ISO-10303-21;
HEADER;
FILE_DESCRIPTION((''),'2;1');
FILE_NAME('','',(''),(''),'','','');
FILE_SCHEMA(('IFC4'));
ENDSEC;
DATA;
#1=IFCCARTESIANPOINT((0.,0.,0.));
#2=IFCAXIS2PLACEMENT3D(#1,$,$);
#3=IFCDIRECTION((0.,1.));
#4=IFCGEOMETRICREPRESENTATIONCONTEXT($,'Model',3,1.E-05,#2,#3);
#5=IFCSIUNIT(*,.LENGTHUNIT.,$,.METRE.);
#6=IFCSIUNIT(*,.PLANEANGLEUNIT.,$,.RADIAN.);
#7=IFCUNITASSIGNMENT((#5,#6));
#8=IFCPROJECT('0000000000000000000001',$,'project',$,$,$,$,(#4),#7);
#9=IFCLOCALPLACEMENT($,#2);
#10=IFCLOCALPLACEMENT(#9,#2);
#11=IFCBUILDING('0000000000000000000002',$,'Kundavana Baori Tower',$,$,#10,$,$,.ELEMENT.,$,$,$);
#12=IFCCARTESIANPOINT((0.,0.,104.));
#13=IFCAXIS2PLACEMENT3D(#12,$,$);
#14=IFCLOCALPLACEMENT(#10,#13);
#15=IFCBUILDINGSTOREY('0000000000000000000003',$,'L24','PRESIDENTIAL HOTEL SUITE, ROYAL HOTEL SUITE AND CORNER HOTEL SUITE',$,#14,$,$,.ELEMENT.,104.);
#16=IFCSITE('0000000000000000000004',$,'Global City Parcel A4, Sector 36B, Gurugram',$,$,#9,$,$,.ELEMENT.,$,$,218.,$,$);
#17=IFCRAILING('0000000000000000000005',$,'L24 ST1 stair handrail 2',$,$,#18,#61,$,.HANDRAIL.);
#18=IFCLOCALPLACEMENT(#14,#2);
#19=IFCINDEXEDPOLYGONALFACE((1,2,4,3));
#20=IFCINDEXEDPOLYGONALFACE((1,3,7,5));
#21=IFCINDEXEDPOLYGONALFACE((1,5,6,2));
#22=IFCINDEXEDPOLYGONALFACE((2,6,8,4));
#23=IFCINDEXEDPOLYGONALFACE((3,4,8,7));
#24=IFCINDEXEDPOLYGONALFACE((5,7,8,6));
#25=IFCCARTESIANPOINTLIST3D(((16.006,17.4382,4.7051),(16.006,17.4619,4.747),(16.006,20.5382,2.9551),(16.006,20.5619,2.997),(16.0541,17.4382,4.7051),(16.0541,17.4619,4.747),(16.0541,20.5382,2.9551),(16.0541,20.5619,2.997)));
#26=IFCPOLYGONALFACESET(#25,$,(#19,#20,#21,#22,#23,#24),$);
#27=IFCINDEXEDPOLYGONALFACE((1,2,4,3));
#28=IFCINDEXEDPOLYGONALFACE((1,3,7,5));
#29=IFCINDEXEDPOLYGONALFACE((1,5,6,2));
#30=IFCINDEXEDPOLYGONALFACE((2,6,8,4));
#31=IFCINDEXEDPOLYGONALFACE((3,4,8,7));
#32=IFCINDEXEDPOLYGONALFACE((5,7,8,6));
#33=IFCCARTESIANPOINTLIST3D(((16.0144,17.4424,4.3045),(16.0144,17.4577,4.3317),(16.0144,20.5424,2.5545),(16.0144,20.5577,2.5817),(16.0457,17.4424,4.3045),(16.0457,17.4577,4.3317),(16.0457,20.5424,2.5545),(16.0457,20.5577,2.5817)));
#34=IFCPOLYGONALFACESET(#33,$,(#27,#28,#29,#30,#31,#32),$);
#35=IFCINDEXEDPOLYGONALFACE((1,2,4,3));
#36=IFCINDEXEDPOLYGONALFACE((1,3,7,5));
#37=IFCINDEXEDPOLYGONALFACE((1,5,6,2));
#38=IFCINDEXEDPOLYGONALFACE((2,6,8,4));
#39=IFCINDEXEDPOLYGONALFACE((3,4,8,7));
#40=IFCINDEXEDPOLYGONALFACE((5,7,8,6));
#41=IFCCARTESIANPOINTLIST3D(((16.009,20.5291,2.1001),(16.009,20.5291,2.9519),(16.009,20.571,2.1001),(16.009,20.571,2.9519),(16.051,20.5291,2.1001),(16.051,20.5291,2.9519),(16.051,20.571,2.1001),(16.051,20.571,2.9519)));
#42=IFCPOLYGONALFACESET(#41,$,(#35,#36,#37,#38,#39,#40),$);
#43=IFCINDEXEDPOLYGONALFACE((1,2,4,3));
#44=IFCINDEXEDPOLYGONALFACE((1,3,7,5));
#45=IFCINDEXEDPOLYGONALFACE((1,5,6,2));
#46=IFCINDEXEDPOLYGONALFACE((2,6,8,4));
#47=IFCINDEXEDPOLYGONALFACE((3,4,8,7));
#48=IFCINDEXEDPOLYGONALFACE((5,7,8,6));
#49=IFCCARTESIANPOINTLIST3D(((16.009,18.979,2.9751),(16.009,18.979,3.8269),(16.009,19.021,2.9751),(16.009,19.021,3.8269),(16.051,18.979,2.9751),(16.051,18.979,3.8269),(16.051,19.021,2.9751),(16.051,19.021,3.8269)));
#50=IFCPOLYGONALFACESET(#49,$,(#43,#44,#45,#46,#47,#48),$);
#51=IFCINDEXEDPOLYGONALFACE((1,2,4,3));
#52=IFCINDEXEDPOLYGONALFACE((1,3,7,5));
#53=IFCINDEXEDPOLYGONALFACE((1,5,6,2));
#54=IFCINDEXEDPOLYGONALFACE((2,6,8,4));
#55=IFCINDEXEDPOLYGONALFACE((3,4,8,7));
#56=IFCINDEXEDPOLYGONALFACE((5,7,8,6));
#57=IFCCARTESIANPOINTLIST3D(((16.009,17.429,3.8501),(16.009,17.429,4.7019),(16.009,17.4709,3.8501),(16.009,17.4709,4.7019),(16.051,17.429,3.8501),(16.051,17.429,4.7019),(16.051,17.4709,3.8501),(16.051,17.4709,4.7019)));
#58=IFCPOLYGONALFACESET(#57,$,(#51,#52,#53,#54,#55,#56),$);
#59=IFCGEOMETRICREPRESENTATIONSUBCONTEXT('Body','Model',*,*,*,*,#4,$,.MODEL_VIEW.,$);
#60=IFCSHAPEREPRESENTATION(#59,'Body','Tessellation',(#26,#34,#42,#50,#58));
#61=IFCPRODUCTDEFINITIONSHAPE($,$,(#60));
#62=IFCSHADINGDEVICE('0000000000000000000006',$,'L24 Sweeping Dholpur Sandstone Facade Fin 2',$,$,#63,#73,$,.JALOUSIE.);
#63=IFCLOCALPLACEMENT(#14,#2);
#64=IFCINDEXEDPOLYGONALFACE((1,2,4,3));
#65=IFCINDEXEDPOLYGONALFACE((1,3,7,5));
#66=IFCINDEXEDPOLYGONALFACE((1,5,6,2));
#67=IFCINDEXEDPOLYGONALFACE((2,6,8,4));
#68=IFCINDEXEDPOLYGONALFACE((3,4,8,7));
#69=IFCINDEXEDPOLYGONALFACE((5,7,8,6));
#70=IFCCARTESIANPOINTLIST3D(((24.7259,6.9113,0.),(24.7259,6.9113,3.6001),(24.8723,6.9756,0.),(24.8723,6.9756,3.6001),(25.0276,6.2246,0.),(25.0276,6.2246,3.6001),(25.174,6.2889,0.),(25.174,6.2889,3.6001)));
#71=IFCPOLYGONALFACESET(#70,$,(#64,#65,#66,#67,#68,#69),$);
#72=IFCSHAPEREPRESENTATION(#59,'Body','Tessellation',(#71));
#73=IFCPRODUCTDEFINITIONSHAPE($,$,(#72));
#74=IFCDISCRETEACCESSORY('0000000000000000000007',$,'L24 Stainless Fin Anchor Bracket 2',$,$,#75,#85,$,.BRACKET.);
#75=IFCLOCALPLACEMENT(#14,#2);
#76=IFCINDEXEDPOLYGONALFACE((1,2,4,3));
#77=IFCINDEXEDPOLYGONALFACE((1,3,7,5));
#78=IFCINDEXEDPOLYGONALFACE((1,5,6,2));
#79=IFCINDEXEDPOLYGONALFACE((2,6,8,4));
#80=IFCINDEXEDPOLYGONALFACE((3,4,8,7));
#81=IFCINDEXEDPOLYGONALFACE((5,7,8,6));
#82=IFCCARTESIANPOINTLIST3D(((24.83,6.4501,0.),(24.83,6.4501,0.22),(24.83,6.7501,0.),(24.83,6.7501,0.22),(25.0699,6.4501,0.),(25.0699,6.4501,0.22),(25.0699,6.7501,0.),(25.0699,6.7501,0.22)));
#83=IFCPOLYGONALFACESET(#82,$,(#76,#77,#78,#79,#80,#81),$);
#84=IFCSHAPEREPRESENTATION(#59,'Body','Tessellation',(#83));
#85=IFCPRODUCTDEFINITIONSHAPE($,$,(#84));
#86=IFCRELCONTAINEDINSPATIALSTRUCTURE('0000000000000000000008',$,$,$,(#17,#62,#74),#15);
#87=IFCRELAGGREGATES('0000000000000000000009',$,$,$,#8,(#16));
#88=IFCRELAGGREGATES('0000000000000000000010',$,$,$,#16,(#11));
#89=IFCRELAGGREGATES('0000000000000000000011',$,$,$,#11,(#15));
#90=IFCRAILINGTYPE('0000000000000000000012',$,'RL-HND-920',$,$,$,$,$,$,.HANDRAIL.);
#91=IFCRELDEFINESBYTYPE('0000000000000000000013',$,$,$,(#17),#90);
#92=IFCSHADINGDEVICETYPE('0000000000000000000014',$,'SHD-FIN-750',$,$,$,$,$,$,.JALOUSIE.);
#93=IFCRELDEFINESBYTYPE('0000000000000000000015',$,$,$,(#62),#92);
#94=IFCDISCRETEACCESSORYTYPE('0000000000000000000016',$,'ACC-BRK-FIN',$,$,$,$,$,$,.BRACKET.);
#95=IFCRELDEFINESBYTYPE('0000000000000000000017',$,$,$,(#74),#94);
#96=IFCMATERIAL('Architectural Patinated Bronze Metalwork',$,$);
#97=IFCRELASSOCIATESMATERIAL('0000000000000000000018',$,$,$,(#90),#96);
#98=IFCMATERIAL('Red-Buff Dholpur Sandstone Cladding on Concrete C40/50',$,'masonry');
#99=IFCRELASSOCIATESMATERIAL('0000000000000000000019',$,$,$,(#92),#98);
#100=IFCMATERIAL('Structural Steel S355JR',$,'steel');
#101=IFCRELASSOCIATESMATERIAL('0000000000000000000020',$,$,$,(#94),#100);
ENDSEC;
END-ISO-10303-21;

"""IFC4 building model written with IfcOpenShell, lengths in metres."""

from ifc_helpers import new_model, si_unit, direction, frame, origin, origin_2d, place, context, subcontext, project, spatial, rectangle, extrude, material, type_object, element, save


model = new_model("IFC4")

# Units and contexts
model_context = context("Model", 3, precision=1e-05, world=origin(), true_north=direction((0.0, 1.0)))
body_context = subcontext(model_context, "Body", "Model", "MODEL_VIEW")
ifc_project = project(units=[si_unit("LENGTHUNIT", "METRE"), si_unit("PLANEANGLEUNIT", "RADIAN")], contexts=[model_context])

# Site, building, storey
site_placement = place(None, origin())
site = spatial("IfcSite", under=ifc_project, at=site_placement, Name="Global City Parcel A4, Sector 36B, Gurugram", CompositionType="ELEMENT", RefElevation=218.0)
building_placement = place(site_placement, origin())
building = spatial("IfcBuilding", under=site, at=building_placement, Name="Kundavana Baori Tower", CompositionType="ELEMENT")
storey_placement = place(building_placement, frame((0.0, 0.0, 104.0)))
storey = spatial("IfcBuildingStorey", under=building, at=storey_placement, Name="L24", Description="PRESIDENTIAL HOTEL SUITE, ROYAL HOTEL SUITE AND CORNER HOTEL SUITE", CompositionType="ELEMENT", Elevation=104.0)

# Railing
ifc_material_1 = material(Name="Architectural Patinated Bronze Metalwork")
railing_type_1 = type_object("IfcRailingType", Name="RL-HND-920", PredefinedType="HANDRAIL", material=ifc_material_1)
railing_1_placement = place(storey_placement, frame((16.03, 20.55, 2.1001)))
element("IfcRailing", 1, at=railing_1_placement, inside=storey, type_object=railing_type_1, Name="L24 ST1 stair handrail 2", PredefinedType="HANDRAIL", context=body_context, shape_type="SweptSolid", body=[
    extrude(rectangle(XDim=0.0481, YDim=0.0481, at=origin_2d()), frame((0.0, 0.0, 0.876), z_axis=(0.0, -0.870831, 0.491583), x_axis=(1.0, 0.0, 0.0)), (0.0, 0.0, 1.0), 3.5598),
    extrude(rectangle(XDim=0.0312, YDim=0.0312, at=origin_2d()), frame((0.0, 0.0, 0.468), z_axis=(0.0, -0.870831, 0.491583), x_axis=(1.0, 0.0, 0.0)), (0.0, 0.0, 1.0), 3.5598),
    extrude(rectangle(XDim=0.042, YDim=0.042, at=origin_2d()), origin(), (0.0, 0.0, 1.0), 0.8518),
    extrude(rectangle(XDim=0.042, YDim=0.042, at=origin_2d()), frame((0.0, -1.55, 0.875)), (0.0, 0.0, 1.0), 0.8518),
    extrude(rectangle(XDim=0.042, YDim=0.042, at=origin_2d()), frame((0.0, -3.1001, 1.75)), (0.0, 0.0, 1.0), 0.8518),
])

# Shading device
ifc_material_2 = material(Name="Red-Buff Dholpur Sandstone Cladding on Concrete C40/50", Category="masonry")
shading_device_type = type_object("IfcShadingDeviceType", Name="SHD-FIN-750", PredefinedType="JALOUSIE", material=ifc_material_2)
shading_device_placement = place(storey_placement, frame((24.95, 6.6001, 0.0), z_axis=(0.0, 0.0, 1.0), x_axis=(0.915522, 0.402267, 0.0)))
element("IfcShadingDevice", 2, at=shading_device_placement, inside=storey, type_object=shading_device_type, Name="L24 Sweeping Dholpur Sandstone Facade Fin 2", PredefinedType="JALOUSIE", context=body_context, shape_type="SweptSolid", body=[
    extrude(rectangle(XDim=0.1599, YDim=0.75, at=origin_2d()), origin(), (0.0, 0.0, 1.0), 3.6001),
])

# Discrete accessory
ifc_material_3 = material(Name="Structural Steel S355JR", Category="steel")
discrete_accessory_type = type_object("IfcDiscreteAccessoryType", Name="ACC-BRK-FIN", PredefinedType="BRACKET", material=ifc_material_3)
discrete_accessory_placement = place(storey_placement, frame((24.95, 6.6001, 0.0), z_axis=(0.0, 0.0, 1.0), x_axis=(1.0, 0.0, 0.0)))
element("IfcDiscreteAccessory", 3, at=discrete_accessory_placement, inside=storey, type_object=discrete_accessory_type, Name="L24 Stainless Fin Anchor Bracket 2", PredefinedType="BRACKET", context=body_context, shape_type="SweptSolid", body=[
    extrude(rectangle(XDim=0.24, YDim=0.3, at=origin_2d()), origin(), (0.0, 0.0, 1.0), 0.22),
])

save(model, "model.ifc")
